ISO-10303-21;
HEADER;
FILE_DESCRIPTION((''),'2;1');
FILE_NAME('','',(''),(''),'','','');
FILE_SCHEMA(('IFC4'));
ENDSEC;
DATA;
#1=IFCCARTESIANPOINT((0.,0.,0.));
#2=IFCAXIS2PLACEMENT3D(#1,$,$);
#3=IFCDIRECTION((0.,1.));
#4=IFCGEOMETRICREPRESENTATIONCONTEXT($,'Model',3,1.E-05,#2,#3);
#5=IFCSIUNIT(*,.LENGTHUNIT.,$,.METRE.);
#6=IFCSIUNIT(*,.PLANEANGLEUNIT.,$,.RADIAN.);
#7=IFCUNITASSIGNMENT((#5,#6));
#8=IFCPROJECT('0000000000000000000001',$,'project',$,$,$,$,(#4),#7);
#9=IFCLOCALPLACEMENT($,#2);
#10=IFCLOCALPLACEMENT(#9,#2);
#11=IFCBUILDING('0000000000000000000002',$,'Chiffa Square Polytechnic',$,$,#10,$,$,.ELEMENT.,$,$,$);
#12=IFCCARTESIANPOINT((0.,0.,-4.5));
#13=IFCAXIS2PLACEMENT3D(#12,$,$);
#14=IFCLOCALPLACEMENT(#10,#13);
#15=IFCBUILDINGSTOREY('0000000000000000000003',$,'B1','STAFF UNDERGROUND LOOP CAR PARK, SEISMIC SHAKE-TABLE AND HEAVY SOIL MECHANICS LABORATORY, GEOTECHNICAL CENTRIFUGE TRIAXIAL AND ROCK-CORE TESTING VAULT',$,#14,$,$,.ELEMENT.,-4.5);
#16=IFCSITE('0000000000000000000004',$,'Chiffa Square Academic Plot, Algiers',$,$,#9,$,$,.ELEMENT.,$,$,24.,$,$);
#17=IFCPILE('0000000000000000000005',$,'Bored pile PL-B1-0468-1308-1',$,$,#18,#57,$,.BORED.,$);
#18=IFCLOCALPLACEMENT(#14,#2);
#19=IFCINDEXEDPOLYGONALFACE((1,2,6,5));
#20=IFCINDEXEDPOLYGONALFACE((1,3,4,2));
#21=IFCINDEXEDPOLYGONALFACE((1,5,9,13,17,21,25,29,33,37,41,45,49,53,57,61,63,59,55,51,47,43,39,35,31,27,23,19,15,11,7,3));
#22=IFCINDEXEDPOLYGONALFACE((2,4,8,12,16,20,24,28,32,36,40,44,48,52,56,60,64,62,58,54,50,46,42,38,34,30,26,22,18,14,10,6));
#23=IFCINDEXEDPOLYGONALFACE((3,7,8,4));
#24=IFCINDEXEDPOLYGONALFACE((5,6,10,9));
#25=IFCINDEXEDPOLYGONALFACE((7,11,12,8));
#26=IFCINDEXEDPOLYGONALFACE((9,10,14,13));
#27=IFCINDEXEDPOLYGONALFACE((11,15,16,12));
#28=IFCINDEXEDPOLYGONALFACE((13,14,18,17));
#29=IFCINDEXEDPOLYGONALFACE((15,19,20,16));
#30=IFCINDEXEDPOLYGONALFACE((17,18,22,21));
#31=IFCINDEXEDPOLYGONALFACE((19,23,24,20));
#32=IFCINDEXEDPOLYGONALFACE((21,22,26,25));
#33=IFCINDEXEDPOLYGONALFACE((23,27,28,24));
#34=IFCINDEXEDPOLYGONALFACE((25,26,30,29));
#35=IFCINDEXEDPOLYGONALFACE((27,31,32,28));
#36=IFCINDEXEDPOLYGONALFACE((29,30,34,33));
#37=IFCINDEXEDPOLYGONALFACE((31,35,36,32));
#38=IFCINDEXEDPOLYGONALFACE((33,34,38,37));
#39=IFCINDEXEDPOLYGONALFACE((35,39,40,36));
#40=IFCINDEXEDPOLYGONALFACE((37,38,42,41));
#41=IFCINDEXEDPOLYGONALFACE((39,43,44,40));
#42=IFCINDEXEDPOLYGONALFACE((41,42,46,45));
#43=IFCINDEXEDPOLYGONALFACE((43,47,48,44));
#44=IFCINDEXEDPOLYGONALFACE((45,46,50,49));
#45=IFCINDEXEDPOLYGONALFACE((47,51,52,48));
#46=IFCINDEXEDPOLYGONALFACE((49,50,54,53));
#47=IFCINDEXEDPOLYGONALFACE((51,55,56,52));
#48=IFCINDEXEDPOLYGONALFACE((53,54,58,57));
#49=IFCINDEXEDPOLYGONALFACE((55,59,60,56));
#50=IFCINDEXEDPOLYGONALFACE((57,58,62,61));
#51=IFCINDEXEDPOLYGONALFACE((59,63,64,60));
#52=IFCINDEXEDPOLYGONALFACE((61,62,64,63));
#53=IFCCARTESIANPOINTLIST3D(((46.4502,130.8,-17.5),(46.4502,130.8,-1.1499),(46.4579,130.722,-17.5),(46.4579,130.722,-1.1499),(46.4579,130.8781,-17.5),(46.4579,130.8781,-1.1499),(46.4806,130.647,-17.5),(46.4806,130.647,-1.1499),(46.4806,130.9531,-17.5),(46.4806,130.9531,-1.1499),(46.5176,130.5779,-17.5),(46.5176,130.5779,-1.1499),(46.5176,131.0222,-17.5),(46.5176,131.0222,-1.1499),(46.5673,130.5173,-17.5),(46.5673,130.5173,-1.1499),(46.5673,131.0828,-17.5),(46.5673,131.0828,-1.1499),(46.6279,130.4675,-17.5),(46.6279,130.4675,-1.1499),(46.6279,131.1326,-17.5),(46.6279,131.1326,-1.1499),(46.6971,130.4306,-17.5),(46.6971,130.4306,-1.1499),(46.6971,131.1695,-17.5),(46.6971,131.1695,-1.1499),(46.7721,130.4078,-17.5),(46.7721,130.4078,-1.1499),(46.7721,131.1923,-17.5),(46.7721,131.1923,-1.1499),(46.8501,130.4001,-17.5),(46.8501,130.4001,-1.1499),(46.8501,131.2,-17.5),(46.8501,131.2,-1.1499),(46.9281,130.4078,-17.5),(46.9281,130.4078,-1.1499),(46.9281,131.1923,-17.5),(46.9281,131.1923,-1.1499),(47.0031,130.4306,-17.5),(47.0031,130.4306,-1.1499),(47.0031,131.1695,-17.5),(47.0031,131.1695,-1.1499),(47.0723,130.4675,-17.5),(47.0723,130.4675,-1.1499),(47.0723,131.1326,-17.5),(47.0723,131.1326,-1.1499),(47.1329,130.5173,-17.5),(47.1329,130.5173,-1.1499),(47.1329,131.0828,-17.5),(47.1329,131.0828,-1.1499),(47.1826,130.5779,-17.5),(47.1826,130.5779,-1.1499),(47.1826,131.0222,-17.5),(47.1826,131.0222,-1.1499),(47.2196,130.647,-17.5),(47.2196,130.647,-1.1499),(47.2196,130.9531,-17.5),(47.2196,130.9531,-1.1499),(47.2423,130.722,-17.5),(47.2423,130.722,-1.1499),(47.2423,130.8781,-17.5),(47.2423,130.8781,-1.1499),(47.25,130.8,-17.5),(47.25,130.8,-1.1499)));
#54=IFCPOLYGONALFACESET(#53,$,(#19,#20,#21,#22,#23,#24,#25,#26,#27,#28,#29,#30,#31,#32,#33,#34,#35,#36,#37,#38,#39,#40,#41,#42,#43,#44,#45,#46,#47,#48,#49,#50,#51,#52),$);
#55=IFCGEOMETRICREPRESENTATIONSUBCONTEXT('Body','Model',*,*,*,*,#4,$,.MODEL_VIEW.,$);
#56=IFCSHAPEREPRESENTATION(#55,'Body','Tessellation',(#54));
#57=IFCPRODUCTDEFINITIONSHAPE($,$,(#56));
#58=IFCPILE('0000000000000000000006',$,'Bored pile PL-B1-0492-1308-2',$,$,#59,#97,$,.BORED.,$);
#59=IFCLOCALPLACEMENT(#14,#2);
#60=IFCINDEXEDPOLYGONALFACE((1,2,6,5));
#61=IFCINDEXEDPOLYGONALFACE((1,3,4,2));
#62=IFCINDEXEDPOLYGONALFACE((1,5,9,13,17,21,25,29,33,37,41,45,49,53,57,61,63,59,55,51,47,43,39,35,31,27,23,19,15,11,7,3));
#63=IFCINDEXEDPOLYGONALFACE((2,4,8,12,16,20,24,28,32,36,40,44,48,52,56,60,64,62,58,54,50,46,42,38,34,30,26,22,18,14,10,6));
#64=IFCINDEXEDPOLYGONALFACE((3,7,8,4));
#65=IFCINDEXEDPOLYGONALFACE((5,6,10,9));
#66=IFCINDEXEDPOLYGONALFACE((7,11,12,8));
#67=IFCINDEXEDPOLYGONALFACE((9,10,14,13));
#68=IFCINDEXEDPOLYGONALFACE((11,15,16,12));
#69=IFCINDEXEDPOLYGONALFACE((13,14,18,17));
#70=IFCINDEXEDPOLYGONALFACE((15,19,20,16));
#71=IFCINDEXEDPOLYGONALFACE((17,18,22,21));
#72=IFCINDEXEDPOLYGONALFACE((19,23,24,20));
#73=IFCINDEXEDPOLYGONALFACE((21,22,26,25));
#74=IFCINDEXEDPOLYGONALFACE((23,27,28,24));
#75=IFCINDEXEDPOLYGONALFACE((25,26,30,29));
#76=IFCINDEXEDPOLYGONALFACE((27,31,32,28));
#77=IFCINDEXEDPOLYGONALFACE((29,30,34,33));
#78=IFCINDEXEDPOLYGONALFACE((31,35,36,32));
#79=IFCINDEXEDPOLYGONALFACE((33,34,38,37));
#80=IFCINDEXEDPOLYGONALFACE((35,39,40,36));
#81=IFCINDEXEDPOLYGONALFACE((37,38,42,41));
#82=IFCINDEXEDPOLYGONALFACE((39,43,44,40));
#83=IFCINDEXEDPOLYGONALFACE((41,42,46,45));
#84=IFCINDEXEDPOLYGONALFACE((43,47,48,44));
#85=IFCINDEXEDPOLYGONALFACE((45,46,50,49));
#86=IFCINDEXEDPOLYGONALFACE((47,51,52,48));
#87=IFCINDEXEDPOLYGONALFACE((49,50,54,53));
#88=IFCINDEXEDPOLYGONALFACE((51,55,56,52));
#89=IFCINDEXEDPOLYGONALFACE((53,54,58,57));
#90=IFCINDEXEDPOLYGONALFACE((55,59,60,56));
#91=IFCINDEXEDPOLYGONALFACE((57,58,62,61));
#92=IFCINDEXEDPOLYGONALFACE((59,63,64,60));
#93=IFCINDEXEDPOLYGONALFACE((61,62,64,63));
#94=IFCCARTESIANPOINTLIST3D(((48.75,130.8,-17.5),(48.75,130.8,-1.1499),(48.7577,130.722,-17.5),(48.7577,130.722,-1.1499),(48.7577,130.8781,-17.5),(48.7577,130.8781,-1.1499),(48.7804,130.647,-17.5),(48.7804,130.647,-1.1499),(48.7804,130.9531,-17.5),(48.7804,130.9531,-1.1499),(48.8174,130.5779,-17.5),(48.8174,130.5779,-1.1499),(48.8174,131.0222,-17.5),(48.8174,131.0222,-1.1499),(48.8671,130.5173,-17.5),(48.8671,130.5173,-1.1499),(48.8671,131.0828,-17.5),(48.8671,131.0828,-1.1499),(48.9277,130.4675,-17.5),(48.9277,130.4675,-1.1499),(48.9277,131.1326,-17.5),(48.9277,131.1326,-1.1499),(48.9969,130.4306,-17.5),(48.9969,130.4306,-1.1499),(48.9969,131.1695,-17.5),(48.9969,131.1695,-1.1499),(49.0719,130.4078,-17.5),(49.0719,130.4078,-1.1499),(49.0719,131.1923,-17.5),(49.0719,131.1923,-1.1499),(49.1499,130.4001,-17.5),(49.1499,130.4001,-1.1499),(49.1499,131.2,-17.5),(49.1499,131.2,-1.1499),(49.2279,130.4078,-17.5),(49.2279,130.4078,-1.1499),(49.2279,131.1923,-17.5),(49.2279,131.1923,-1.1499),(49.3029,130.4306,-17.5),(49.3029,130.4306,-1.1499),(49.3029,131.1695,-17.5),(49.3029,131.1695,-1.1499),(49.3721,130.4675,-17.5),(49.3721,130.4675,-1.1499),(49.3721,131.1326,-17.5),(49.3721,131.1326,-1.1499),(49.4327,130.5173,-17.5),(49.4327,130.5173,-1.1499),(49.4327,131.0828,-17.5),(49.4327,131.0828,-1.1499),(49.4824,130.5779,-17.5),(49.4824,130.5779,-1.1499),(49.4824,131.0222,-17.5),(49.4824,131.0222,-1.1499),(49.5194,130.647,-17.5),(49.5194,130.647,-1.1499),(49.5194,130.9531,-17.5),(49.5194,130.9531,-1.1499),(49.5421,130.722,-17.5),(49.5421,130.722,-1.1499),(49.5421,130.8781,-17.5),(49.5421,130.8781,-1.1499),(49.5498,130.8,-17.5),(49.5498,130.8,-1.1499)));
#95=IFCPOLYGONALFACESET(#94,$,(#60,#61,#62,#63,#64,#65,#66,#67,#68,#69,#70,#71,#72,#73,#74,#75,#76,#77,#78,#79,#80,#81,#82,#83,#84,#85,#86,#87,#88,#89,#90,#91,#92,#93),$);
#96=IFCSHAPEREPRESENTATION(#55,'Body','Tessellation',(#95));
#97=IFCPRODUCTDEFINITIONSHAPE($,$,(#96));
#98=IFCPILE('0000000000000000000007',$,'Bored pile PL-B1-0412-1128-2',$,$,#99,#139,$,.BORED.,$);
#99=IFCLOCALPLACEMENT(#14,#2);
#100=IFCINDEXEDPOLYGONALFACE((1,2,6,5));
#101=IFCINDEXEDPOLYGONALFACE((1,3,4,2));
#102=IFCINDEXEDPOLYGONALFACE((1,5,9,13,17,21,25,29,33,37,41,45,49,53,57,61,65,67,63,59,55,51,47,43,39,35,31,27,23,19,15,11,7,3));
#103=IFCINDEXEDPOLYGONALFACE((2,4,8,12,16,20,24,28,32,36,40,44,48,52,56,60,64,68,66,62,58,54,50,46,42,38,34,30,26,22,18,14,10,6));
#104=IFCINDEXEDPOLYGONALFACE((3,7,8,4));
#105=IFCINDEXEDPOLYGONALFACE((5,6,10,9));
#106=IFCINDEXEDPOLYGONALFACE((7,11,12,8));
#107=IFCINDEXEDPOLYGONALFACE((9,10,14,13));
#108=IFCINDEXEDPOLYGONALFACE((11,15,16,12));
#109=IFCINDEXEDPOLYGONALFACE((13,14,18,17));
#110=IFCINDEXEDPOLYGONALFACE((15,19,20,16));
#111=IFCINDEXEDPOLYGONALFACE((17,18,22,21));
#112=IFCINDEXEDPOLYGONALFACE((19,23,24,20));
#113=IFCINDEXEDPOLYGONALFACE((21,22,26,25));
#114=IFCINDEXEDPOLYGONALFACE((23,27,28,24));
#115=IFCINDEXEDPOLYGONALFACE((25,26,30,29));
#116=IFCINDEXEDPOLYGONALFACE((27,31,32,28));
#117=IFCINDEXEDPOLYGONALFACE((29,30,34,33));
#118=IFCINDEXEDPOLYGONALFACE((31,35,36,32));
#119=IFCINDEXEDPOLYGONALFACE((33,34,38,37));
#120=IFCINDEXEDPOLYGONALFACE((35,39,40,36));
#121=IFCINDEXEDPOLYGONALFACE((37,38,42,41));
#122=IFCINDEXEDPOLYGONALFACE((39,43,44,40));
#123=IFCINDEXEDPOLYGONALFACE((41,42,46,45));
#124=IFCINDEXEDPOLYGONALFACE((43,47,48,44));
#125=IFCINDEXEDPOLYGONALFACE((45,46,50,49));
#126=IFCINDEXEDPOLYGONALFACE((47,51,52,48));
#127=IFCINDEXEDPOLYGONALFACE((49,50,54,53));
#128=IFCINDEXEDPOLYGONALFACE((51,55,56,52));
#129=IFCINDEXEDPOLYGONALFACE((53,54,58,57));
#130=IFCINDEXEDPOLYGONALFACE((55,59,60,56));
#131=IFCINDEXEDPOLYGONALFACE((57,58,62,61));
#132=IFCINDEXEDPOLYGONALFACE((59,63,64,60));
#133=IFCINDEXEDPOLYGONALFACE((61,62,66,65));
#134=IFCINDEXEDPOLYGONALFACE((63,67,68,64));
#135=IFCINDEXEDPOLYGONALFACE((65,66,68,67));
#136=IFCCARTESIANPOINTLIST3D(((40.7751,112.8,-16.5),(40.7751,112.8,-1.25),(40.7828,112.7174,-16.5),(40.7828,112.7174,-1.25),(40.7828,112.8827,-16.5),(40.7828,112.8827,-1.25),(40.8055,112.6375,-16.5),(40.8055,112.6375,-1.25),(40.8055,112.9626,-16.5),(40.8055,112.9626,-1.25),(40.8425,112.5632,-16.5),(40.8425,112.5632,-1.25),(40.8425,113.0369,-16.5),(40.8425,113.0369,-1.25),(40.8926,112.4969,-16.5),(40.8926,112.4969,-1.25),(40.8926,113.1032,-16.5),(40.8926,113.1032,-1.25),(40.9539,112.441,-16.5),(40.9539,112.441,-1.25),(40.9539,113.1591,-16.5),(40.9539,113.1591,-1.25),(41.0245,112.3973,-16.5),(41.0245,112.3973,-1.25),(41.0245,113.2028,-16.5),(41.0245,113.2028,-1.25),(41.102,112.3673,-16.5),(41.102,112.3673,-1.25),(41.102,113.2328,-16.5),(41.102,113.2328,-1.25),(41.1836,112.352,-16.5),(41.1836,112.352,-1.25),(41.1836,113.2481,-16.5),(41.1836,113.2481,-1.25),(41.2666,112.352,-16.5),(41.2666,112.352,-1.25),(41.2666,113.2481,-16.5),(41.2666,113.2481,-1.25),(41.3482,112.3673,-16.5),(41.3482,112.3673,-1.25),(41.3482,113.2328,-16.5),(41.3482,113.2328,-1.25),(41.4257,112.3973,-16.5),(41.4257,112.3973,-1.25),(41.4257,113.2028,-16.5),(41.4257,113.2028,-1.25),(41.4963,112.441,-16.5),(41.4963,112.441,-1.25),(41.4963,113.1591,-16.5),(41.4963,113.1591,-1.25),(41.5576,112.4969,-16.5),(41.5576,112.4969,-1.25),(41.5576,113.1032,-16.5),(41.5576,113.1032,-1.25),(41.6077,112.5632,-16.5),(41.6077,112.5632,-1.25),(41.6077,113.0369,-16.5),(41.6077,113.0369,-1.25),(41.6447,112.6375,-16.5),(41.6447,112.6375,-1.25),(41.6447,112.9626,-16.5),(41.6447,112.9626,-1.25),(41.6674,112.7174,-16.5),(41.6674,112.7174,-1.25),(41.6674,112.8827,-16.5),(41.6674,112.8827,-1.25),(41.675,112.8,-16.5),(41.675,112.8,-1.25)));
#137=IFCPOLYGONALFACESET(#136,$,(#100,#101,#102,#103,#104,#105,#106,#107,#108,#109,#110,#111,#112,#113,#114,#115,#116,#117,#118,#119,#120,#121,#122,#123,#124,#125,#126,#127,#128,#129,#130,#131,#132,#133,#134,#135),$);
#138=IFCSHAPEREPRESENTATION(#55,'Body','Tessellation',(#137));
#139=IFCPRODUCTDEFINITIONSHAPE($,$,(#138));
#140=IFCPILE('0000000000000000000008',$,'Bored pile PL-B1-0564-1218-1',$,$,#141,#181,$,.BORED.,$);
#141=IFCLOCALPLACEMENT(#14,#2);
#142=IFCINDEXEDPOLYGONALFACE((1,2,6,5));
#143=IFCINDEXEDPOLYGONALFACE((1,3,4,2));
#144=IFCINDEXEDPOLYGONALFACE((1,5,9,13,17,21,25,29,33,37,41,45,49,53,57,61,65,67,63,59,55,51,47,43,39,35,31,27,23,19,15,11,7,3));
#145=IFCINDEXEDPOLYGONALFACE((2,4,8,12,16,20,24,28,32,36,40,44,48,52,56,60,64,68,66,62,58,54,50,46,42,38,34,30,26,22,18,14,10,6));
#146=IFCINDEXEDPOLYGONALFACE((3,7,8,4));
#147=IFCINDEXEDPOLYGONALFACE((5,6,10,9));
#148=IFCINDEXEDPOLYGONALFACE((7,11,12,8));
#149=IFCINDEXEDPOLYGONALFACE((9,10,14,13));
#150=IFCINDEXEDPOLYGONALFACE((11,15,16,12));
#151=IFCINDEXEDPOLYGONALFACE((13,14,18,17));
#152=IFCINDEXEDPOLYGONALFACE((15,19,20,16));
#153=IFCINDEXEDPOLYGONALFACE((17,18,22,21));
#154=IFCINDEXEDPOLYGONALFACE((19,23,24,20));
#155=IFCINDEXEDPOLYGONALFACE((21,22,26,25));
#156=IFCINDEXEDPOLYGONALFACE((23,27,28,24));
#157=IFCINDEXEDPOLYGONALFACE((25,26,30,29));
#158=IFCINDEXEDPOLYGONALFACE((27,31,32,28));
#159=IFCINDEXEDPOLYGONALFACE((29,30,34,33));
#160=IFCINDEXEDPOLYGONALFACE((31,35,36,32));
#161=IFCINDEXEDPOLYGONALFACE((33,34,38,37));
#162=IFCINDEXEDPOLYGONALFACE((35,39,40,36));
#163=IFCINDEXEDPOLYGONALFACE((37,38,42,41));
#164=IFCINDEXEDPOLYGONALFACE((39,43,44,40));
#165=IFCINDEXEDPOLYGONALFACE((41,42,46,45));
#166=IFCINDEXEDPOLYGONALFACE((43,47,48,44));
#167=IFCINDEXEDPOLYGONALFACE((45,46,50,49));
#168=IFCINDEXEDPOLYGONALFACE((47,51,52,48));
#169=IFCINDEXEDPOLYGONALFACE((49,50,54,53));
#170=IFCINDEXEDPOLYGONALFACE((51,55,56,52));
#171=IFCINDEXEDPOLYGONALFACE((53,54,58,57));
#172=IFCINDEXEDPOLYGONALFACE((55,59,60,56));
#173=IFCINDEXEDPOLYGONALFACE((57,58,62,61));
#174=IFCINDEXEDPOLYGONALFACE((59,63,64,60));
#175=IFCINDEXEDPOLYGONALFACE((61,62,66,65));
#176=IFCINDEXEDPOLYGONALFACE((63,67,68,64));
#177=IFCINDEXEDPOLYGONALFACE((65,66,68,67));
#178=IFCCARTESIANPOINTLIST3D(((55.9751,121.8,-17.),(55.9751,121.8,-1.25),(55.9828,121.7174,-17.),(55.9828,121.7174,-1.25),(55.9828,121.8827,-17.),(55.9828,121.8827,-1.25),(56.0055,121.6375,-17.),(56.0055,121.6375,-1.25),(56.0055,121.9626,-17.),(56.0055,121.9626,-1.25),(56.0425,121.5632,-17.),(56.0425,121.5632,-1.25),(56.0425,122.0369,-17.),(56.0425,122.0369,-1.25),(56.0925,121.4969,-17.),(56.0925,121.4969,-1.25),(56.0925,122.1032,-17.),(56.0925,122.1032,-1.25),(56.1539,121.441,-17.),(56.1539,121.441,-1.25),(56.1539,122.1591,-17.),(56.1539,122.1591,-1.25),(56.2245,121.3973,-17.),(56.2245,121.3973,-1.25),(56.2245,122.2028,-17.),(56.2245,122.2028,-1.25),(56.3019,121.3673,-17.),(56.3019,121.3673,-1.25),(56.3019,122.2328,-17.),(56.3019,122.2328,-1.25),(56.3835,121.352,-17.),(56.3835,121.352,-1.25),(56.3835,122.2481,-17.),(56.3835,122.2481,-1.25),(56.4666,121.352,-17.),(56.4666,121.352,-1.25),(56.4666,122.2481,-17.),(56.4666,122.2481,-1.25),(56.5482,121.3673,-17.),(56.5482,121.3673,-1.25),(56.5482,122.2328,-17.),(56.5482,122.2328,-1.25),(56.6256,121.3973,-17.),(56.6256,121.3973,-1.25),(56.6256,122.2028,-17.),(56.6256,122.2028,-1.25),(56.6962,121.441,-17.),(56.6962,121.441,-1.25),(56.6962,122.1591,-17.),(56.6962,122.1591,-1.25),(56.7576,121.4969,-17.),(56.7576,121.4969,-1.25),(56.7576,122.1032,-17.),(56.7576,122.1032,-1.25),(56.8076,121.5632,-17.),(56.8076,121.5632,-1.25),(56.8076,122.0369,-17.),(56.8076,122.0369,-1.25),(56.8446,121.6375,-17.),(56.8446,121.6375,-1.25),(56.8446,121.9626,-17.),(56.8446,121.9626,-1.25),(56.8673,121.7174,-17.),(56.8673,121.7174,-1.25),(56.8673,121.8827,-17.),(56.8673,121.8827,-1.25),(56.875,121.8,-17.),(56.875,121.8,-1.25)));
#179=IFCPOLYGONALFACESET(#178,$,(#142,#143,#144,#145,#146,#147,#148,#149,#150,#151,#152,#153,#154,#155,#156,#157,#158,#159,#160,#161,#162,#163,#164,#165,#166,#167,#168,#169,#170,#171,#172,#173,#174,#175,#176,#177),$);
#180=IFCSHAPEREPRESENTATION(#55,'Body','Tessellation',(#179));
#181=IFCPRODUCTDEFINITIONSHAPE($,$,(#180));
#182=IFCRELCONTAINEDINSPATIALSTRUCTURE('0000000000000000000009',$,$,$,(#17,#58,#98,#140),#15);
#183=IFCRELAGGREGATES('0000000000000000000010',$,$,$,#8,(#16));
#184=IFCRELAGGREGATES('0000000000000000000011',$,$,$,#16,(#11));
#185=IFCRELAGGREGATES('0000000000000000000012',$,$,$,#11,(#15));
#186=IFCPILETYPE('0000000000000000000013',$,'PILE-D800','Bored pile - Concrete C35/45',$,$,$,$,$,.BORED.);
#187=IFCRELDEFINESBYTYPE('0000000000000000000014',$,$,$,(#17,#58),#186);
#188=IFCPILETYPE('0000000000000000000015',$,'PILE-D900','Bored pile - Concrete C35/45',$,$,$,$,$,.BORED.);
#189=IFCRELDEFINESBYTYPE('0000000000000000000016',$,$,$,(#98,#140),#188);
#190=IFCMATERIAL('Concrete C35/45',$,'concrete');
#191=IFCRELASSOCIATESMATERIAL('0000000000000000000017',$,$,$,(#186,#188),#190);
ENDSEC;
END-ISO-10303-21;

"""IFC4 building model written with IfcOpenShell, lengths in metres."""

from ifc_helpers import new_model, si_unit, direction, frame, origin, origin_2d, place, context, subcontext, project, spatial, circle, extrude, material, material_profile, profile_set, type_object, element, save


model = new_model("IFC4")

# Units and contexts
model_context = context("Model", 3, precision=1e-05, world=origin(), true_north=direction((0.0, 1.0)))
body_context = subcontext(model_context, "Body", "Model", "MODEL_VIEW")
ifc_project = project(units=[si_unit("LENGTHUNIT", "METRE"), si_unit("PLANEANGLEUNIT", "RADIAN")], contexts=[model_context])

# Site, building, storey
site_placement = place(None, origin())
site = spatial("IfcSite", under=ifc_project, at=site_placement, Name="Chiffa Square Academic Plot, Algiers", CompositionType="ELEMENT", RefElevation=24.0)
building_placement = place(site_placement, origin())
building = spatial("IfcBuilding", under=site, at=building_placement, Name="Chiffa Square Polytechnic", CompositionType="ELEMENT")
storey_placement = place(building_placement, frame((0.0, 0.0, -4.5)))
storey = spatial("IfcBuildingStorey", under=building, at=storey_placement, Name="B1", Description="STAFF UNDERGROUND LOOP CAR PARK, SEISMIC SHAKE-TABLE AND HEAVY SOIL MECHANICS LABORATORY, GEOTECHNICAL CENTRIFUGE TRIAXIAL AND ROCK-CORE TESTING VAULT", CompositionType="ELEMENT", Elevation=-4.5)

# Shared definitions
ifc_material_1 = material(Name="Concrete C35/45", Category="concrete")

# Piles
ifc_material_profile_1 = material_profile(ifc_material_1, circle(Radius=0.3999, at=origin_2d()), Name="PILE D800")
ifc_profile_set_1 = profile_set([ifc_material_profile_1], Name="Concrete C35/45")
pile_type_1 = type_object("IfcPileType", Name="PILE-D800", Description="Bored pile - Concrete C35/45", PredefinedType="BORED", material=ifc_profile_set_1)
for number, where, z_axis, x_axis, name in (
    (1, (46.8501, 130.8, -1.1499), (0.0, 0.0, -1.0), (1.0, 0.0, 0.0), "Bored pile PL-B1-0468-1308-1"),
    (2, (49.1499, 130.8, -1.1499), (0.0, 0.0, -1.0), (1.0, 0.0, 0.0), "Bored pile PL-B1-0492-1308-2"),
):
    element("IfcPile", number, at=place(storey_placement, frame(where, z_axis=z_axis, x_axis=x_axis)), inside=storey, type_object=pile_type_1, Name=name, PredefinedType="BORED", context=body_context, shape_type="SweptSolid", body=[
        extrude(circle(Radius=0.3999, at=origin_2d()), origin(), (0.0, 0.0, 1.0), 16.3501),
    ])
ifc_material_profile_2 = material_profile(ifc_material_1, circle(Radius=0.45, at=origin_2d()), Name="PILE D900")
ifc_profile_set_2 = profile_set([ifc_material_profile_2], Name="Concrete C35/45")
pile_type_2 = type_object("IfcPileType", Name="PILE-D900", Description="Bored pile - Concrete C35/45", PredefinedType="BORED", material=ifc_profile_set_2)
pile_1_placement = place(storey_placement, frame((41.2251, 112.8, -1.25), z_axis=(0.0, 0.0, -1.0), x_axis=(1.0, 0.0, 0.0)))
element("IfcPile", 3, at=pile_1_placement, inside=storey, type_object=pile_type_2, Name="Bored pile PL-B1-0412-1128-2", PredefinedType="BORED", context=body_context, shape_type="SweptSolid", body=[
    extrude(circle(Radius=0.45, at=origin_2d()), origin(), (0.0, 0.0, 1.0), 15.25),
])
pile_2_placement = place(storey_placement, frame((56.425, 121.8, -1.25), z_axis=(0.0, 0.0, -1.0), x_axis=(1.0, 0.0, 0.0)))
element("IfcPile", 4, at=pile_2_placement, inside=storey, type_object=pile_type_2, Name="Bored pile PL-B1-0564-1218-1", PredefinedType="BORED", context=body_context, shape_type="SweptSolid", body=[
    extrude(circle(Radius=0.45, at=origin_2d()), origin(), (0.0, 0.0, 1.0), 15.75),
])

save(model, "model.ifc")
